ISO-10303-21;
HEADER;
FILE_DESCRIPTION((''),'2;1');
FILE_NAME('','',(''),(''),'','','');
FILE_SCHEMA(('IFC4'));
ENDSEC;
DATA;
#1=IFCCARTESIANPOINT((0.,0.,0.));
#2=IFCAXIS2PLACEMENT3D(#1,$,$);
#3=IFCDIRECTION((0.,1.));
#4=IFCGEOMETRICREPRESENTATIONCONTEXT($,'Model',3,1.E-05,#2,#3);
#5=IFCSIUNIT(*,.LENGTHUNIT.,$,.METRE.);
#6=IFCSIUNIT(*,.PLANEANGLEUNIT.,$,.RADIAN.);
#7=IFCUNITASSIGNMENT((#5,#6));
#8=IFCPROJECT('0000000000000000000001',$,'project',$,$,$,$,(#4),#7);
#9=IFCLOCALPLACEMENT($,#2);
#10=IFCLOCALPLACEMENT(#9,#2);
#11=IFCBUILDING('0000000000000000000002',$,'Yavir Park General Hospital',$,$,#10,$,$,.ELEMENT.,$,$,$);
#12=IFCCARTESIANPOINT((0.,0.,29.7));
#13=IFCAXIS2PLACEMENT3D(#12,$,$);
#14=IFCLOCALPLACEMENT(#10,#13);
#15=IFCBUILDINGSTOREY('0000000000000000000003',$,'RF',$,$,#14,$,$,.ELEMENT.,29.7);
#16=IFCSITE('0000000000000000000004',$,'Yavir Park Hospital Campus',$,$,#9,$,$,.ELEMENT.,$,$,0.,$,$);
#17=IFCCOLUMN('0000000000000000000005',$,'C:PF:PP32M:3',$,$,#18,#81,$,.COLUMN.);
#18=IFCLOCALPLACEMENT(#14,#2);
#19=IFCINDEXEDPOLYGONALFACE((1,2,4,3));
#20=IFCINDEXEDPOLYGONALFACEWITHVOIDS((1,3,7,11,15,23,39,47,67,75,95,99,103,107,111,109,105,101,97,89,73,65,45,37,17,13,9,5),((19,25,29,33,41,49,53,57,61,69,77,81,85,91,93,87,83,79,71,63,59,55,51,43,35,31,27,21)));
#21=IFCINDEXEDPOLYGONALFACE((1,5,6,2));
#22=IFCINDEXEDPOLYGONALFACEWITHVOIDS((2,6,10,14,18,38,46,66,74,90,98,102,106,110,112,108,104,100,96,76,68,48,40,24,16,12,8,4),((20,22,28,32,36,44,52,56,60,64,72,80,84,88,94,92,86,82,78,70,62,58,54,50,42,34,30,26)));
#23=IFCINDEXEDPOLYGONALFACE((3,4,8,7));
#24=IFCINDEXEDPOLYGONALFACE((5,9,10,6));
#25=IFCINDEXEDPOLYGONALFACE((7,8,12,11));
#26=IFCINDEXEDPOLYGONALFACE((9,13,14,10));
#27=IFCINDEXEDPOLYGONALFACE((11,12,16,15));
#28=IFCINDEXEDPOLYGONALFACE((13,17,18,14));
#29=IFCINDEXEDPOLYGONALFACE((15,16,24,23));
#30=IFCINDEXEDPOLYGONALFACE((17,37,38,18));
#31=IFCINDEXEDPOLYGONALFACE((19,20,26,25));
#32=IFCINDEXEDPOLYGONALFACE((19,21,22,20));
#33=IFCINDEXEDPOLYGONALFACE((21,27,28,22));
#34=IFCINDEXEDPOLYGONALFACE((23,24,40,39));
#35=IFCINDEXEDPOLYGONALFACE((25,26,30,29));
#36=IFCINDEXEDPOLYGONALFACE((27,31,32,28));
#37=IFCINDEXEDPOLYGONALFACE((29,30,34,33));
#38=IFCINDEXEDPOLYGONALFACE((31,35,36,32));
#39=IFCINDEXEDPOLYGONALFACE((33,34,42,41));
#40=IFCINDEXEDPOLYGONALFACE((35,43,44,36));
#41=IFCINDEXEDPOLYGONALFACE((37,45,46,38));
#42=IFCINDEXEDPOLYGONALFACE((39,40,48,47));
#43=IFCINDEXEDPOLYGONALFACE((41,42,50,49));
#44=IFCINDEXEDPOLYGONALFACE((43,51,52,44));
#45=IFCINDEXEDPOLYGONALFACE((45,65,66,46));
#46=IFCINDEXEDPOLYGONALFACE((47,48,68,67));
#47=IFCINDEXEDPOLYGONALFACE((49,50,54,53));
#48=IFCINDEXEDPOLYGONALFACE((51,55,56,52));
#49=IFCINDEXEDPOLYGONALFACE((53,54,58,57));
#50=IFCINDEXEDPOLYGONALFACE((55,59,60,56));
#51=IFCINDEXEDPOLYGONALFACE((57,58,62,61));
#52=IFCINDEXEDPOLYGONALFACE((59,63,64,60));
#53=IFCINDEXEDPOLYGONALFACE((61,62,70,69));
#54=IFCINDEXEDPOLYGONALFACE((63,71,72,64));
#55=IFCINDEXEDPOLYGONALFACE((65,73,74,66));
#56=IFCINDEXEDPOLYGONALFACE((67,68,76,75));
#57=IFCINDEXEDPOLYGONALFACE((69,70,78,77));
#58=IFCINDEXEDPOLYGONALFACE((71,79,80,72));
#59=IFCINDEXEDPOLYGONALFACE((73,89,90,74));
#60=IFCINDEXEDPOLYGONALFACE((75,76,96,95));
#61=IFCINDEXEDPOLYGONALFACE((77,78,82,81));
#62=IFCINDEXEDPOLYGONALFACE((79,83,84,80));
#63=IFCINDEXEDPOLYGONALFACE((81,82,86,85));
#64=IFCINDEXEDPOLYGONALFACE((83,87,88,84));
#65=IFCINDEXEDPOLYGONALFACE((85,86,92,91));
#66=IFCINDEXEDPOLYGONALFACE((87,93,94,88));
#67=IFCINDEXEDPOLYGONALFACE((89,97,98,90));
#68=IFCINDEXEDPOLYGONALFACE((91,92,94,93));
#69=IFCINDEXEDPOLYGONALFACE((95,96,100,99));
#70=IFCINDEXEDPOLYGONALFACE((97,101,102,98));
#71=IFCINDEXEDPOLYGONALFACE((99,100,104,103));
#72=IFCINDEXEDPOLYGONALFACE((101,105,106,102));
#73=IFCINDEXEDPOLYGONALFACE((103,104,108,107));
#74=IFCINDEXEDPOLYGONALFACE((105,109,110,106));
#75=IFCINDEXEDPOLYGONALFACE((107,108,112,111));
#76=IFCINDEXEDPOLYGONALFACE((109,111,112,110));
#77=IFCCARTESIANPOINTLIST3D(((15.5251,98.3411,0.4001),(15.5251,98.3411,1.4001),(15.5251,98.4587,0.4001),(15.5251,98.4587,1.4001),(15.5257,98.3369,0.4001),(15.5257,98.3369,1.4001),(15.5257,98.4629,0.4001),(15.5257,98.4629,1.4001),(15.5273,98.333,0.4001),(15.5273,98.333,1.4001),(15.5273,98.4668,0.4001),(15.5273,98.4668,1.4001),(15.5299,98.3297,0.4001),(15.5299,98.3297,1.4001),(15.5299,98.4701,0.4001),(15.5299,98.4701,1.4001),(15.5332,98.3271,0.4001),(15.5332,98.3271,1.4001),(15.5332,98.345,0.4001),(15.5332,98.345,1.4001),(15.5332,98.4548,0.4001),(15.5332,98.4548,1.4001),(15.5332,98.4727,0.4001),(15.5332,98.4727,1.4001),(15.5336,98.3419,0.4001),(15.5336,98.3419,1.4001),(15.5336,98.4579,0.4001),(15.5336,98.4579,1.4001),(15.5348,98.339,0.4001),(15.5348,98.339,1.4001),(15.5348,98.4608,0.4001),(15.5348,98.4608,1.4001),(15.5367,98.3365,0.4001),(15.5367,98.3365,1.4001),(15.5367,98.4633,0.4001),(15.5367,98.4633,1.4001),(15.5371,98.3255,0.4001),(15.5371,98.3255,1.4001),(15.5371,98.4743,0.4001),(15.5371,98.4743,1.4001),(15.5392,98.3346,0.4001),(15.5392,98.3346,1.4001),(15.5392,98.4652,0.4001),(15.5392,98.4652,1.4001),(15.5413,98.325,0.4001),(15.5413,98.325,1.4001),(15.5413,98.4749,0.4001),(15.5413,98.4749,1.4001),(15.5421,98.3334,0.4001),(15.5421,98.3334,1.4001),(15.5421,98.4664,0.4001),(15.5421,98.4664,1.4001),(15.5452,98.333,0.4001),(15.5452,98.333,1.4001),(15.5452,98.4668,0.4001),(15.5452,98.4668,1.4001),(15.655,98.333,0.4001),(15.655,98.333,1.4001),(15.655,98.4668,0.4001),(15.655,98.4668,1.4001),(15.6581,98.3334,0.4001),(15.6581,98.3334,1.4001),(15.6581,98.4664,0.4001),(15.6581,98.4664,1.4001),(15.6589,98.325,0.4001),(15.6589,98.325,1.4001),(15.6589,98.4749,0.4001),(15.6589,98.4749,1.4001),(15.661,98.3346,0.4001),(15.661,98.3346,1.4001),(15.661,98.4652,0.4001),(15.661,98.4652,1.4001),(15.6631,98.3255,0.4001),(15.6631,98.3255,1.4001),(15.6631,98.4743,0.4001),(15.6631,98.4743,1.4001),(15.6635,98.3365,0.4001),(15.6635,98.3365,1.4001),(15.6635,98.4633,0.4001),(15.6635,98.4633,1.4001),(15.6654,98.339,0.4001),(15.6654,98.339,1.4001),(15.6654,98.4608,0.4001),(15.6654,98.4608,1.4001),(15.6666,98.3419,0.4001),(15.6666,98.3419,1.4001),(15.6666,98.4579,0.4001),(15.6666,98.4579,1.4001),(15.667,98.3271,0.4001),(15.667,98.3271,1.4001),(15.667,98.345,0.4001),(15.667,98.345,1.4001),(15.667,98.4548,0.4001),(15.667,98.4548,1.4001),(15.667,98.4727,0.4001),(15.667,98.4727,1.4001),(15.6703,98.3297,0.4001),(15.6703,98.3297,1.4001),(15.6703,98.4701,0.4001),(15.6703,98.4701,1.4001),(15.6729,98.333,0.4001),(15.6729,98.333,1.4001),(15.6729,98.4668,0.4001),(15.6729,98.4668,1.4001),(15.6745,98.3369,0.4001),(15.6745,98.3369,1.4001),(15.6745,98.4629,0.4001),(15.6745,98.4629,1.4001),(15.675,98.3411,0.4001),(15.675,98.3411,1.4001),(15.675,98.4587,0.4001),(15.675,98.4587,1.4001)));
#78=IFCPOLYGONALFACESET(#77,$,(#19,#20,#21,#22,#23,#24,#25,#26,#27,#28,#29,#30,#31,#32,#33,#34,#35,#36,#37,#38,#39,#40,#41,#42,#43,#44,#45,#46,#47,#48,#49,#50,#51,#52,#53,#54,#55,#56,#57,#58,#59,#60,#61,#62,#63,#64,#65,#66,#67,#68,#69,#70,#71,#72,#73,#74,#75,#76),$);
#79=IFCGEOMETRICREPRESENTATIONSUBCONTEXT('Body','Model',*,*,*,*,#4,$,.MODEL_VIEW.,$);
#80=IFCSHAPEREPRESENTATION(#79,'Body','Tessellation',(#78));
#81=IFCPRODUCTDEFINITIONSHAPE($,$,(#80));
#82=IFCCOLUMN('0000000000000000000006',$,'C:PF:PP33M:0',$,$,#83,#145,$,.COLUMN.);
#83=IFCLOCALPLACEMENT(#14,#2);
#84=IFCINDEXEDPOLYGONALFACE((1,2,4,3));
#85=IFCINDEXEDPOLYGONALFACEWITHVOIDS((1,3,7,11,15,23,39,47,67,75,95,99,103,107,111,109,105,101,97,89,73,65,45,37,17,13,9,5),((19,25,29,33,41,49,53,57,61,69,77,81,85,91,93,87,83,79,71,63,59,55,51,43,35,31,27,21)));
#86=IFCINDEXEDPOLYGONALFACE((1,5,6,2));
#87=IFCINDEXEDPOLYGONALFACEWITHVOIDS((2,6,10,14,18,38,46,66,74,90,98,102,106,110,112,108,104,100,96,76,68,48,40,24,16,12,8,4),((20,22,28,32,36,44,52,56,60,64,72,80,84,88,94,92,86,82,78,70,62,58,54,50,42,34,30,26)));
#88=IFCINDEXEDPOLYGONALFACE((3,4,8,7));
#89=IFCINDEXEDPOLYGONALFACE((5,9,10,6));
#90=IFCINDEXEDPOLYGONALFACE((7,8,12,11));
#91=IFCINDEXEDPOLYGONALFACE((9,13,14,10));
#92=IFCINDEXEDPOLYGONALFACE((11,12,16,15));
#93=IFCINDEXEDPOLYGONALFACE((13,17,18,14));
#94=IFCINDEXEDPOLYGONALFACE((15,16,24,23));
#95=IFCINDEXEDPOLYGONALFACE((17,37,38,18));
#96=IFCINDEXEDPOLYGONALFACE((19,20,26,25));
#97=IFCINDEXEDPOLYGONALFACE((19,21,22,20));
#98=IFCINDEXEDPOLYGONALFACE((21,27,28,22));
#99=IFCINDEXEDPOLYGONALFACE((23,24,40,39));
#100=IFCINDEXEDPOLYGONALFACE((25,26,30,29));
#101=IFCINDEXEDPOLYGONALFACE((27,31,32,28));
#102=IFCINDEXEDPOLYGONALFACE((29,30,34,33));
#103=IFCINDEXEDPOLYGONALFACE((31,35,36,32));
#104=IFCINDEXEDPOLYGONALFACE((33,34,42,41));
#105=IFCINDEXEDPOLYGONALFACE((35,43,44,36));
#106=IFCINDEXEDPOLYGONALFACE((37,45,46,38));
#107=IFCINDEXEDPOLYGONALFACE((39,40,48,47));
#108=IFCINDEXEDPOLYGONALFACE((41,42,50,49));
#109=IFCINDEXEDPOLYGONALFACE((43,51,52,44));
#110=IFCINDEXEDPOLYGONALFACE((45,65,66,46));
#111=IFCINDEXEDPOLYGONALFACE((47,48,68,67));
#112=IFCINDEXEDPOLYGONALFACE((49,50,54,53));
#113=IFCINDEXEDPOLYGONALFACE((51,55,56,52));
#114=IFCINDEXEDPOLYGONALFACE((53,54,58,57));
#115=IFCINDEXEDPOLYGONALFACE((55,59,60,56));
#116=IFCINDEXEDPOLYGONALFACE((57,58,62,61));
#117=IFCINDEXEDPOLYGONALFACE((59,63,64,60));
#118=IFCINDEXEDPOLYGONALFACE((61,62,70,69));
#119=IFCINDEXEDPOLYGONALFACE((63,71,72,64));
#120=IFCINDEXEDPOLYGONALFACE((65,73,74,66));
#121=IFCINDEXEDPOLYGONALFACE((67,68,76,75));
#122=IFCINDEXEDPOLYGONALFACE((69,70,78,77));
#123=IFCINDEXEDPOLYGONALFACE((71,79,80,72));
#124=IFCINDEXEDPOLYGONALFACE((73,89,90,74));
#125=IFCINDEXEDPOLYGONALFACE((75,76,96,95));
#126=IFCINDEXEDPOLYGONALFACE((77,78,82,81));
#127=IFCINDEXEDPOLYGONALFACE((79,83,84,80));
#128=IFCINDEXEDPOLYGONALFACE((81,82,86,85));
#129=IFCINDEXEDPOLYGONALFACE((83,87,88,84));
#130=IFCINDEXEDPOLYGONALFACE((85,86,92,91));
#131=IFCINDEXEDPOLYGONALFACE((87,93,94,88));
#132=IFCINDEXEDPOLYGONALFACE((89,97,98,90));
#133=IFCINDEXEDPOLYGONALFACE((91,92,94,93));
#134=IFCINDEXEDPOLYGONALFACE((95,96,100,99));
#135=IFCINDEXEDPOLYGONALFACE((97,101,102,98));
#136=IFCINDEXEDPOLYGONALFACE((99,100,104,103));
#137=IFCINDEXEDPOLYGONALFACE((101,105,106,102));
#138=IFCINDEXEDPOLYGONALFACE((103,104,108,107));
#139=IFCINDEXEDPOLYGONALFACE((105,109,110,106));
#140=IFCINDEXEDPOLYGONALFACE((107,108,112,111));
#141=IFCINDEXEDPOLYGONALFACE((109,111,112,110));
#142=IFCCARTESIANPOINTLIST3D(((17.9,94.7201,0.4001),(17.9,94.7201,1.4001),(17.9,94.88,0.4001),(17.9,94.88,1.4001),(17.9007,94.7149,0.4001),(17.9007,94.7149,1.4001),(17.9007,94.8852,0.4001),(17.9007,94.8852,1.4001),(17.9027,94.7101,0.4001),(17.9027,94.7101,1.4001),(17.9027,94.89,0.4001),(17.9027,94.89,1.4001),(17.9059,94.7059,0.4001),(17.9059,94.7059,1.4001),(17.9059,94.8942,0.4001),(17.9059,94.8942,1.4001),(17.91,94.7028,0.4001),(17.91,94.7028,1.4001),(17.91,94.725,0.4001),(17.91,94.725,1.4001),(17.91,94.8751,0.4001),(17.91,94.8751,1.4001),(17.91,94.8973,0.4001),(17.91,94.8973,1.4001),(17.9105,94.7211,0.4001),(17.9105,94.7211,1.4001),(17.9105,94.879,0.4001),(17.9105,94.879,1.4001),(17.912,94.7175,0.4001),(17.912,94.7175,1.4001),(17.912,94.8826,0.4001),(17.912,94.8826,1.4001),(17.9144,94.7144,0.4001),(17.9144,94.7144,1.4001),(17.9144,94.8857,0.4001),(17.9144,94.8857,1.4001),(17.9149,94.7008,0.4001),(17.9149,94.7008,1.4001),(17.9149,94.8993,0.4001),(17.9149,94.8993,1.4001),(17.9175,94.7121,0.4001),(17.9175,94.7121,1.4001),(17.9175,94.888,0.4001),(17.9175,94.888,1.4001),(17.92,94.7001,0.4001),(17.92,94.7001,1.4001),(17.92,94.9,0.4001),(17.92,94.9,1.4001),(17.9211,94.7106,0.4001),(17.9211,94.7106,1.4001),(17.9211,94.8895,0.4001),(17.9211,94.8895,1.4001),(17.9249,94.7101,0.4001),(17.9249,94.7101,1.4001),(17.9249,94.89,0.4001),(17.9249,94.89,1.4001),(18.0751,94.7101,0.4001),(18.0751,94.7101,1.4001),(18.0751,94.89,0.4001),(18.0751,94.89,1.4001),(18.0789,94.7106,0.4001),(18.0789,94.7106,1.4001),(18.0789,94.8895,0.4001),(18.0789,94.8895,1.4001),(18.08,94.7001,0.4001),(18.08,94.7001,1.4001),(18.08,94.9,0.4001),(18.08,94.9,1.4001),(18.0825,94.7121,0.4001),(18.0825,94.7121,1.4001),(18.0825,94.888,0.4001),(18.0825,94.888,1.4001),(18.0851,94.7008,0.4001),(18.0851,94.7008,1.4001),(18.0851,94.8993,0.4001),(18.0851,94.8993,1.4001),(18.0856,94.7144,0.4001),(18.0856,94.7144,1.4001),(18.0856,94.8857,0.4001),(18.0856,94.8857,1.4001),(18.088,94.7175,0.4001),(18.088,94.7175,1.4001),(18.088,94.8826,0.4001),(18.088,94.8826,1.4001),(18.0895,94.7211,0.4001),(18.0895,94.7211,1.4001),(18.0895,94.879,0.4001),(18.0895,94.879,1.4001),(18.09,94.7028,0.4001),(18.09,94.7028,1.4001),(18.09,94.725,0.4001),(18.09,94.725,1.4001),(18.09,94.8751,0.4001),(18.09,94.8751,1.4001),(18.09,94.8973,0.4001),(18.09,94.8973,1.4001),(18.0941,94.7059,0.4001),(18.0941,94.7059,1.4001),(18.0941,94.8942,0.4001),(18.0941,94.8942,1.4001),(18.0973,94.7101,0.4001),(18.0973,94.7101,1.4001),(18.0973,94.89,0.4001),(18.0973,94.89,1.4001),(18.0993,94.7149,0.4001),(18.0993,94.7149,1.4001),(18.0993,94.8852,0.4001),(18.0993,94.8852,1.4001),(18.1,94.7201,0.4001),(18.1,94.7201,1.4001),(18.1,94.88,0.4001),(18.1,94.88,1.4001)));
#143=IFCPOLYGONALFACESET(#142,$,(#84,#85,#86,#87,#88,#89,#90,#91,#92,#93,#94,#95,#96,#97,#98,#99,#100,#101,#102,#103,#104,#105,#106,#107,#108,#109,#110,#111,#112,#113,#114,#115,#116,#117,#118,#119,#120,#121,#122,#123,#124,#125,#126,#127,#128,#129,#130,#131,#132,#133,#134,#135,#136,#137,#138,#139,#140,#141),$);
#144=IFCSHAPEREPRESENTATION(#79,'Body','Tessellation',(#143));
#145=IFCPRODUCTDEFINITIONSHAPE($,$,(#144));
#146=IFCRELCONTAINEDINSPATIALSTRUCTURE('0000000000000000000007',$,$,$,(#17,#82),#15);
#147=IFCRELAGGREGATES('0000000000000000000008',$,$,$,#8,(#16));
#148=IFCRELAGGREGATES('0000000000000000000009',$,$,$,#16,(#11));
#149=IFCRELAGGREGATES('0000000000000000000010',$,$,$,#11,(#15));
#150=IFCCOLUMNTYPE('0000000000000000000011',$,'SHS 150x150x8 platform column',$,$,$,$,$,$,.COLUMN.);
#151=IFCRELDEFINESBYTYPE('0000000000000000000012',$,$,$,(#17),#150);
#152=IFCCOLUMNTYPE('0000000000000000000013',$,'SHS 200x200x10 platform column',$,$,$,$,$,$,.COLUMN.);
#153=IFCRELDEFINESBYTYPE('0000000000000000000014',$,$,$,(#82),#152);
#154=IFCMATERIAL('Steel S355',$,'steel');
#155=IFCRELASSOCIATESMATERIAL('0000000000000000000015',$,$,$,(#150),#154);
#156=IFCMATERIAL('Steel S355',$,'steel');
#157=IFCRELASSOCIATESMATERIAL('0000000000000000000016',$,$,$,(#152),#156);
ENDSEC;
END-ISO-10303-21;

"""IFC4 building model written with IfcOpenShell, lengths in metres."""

from ifc_helpers import new_model, si_unit, direction, frame, origin, origin_2d, place, context, subcontext, project, spatial, hollow_rectangle, extrude, material, material_profile, profile_set, type_object, element, save


model = new_model("IFC4")

# Units and contexts
model_context = context("Model", 3, precision=1e-05, world=origin(), true_north=direction((0.0, 1.0)))
body_context = subcontext(model_context, "Body", "Model", "MODEL_VIEW")
ifc_project = project(units=[si_unit("LENGTHUNIT", "METRE"), si_unit("PLANEANGLEUNIT", "RADIAN")], contexts=[model_context])

# Site, building, storey
site_placement = place(None, origin())
site = spatial("IfcSite", under=ifc_project, at=site_placement, Name="Yavir Park Hospital Campus", CompositionType="ELEMENT", RefElevation=0.0)
building_placement = place(site_placement, origin())
building = spatial("IfcBuilding", under=site, at=building_placement, Name="Yavir Park General Hospital", CompositionType="ELEMENT")
storey_placement = place(building_placement, frame((0.0, 0.0, 29.7)))
storey = spatial("IfcBuildingStorey", under=building, at=storey_placement, Name="RF", CompositionType="ELEMENT", Elevation=29.7)

# Columns
ifc_material_1 = material(Name="Steel S355", Category="steel")
ifc_material_profile_1 = material_profile(ifc_material_1, hollow_rectangle(XDim=0.1499, YDim=0.1499, WallThickness=0.0081, InnerFilletRadius=0.012, OuterFilletRadius=0.0161, at=origin_2d()), Name="SHS150x150x8")
ifc_profile_set_1 = profile_set([ifc_material_profile_1], Name="Steel S355")
column_type_1 = type_object("IfcColumnType", Name="SHS 150x150x8 platform column", PredefinedType="COLUMN", material=ifc_profile_set_1)
for number, where, z_axis, x_axis, name in (
    (1, (15.6001, 98.3999, 0.4001), (0.0, 0.0, 1.0), (1.0, 0.0, 0.0), "C:PF:PP32M:3"),
):
    element("IfcColumn", number, at=place(storey_placement, frame(where, z_axis=z_axis, x_axis=x_axis)), inside=storey, type_object=column_type_1, Name=name, PredefinedType="COLUMN", context=body_context, shape_type="SweptSolid", body=[
        extrude(hollow_rectangle(XDim=0.1499, YDim=0.1499, WallThickness=0.0081, InnerFilletRadius=0.012, OuterFilletRadius=0.0161, at=origin_2d()), origin(), (0.0, 0.0, 1.0), 1.0),
    ])
ifc_material_2 = material(Name="Steel S355", Category="steel")
ifc_material_profile_2 = material_profile(ifc_material_2, hollow_rectangle(XDim=0.2, YDim=0.2, WallThickness=0.01, InnerFilletRadius=0.0149, OuterFilletRadius=0.02, at=origin_2d()), Name="SHS200x200x10")
ifc_profile_set_2 = profile_set([ifc_material_profile_2], Name="Steel S355")
column_type_2 = type_object("IfcColumnType", Name="SHS 200x200x10 platform column", PredefinedType="COLUMN", material=ifc_profile_set_2)
for number, where, z_axis, x_axis, name in (
    (2, (18.0, 94.8, 0.4001), (0.0, 0.0, 1.0), (1.0, 0.0, 0.0), "C:PF:PP33M:0"),
):
    element("IfcColumn", number, at=place(storey_placement, frame(where, z_axis=z_axis, x_axis=x_axis)), inside=storey, type_object=column_type_2, Name=name, PredefinedType="COLUMN", context=body_context, shape_type="SweptSolid", body=[
        extrude(hollow_rectangle(XDim=0.2, YDim=0.2, WallThickness=0.01, InnerFilletRadius=0.0149, OuterFilletRadius=0.02, at=origin_2d()), origin(), (0.0, 0.0, 1.0), 1.0),
    ])

save(model, "model.ifc")
